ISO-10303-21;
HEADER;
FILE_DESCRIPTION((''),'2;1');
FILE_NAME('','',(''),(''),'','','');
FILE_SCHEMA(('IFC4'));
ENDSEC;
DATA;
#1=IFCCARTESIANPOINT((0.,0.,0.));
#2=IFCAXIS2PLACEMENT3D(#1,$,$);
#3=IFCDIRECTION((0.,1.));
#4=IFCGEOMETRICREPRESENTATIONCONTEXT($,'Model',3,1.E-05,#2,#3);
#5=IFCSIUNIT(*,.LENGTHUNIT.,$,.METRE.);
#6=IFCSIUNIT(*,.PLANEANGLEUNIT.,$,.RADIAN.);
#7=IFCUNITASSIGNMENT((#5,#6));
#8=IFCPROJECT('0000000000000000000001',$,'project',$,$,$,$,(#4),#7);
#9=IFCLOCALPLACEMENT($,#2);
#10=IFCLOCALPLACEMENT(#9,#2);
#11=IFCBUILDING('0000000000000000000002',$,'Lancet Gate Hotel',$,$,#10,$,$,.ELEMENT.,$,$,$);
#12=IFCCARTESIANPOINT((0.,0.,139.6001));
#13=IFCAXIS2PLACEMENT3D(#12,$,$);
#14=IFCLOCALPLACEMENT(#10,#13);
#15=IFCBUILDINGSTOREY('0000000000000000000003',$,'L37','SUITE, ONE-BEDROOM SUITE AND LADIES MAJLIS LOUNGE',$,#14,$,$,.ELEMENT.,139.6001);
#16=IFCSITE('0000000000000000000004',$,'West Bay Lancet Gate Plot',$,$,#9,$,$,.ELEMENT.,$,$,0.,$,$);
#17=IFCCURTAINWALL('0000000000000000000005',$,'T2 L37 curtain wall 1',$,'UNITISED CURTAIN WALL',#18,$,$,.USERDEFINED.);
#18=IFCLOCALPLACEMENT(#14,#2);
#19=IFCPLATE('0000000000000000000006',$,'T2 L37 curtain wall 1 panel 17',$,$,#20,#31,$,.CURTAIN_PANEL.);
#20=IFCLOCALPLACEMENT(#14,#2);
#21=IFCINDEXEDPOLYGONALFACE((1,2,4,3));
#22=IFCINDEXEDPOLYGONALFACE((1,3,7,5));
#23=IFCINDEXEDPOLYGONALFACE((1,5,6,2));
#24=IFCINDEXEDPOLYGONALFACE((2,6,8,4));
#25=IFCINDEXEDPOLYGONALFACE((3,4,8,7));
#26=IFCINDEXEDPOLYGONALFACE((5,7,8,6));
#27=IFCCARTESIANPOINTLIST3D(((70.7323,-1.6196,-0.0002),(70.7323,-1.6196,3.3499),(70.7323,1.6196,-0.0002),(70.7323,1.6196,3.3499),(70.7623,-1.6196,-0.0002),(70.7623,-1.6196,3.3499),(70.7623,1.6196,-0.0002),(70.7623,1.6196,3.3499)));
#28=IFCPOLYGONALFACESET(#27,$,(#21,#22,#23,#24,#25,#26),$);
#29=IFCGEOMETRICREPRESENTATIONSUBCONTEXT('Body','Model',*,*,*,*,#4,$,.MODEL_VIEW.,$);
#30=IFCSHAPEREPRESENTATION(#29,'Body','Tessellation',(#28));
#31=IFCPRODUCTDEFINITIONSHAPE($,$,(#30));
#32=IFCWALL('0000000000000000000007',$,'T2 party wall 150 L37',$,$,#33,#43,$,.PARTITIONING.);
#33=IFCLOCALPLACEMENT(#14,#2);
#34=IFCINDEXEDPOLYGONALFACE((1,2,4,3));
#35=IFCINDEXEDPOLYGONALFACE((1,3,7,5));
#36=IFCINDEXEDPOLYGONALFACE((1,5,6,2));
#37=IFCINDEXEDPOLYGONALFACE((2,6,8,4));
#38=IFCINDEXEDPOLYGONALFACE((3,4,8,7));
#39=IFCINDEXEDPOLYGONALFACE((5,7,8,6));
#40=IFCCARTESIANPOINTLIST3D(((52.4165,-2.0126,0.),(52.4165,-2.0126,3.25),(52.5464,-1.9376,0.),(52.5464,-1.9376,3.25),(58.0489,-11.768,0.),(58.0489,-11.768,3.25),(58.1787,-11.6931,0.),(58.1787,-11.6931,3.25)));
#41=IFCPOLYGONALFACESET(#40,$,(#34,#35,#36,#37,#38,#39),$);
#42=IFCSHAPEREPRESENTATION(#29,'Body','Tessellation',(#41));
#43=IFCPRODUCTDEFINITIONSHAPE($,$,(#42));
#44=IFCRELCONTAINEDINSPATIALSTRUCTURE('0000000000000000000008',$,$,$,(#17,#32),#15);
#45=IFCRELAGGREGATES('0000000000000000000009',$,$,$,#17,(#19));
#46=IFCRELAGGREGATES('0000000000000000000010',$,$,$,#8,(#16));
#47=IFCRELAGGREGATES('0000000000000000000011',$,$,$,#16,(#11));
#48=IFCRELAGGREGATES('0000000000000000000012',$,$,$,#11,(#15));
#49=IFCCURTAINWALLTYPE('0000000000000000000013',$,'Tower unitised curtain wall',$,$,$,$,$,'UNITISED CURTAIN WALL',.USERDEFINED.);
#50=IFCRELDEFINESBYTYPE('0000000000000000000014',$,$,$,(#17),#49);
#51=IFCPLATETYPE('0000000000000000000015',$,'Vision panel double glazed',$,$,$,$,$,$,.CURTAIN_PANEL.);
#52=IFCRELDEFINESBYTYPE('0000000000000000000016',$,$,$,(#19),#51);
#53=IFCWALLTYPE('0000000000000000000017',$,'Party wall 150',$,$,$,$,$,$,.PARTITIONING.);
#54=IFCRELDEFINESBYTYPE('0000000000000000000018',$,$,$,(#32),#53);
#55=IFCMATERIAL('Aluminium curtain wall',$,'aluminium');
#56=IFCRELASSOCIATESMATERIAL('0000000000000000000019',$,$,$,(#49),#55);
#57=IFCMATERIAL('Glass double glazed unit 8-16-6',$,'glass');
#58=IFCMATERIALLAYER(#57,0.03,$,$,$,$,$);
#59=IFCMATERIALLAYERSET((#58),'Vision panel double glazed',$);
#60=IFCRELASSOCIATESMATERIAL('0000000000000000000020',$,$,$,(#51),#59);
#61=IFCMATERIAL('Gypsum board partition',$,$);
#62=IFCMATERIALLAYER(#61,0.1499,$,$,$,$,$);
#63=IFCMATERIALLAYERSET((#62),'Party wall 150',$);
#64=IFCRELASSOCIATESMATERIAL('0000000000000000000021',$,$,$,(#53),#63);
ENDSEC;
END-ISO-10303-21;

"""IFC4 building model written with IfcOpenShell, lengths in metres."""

from ifc_helpers import new_model, si_unit, direction, frame, frame_2d, origin, origin_2d, place, context, subcontext, project, spatial, rectangle, extrude, material, layer, layer_set, type_object, element, aggregate, save


model = new_model("IFC4")

# Units and contexts
model_context = context("Model", 3, precision=1e-05, world=origin(), true_north=direction((0.0, 1.0)))
body_context = subcontext(model_context, "Body", "Model", "MODEL_VIEW")
ifc_project = project(units=[si_unit("LENGTHUNIT", "METRE"), si_unit("PLANEANGLEUNIT", "RADIAN")], contexts=[model_context])

# Site, building, storey
site_placement = place(None, origin())
site = spatial("IfcSite", under=ifc_project, at=site_placement, Name="West Bay Lancet Gate Plot", CompositionType="ELEMENT", RefElevation=0.0)
building_placement = place(site_placement, origin())
building = spatial("IfcBuilding", under=site, at=building_placement, Name="Lancet Gate Hotel", CompositionType="ELEMENT")
storey_placement = place(building_placement, frame((0.0, 0.0, 139.6001)))
storey = spatial("IfcBuildingStorey", under=building, at=storey_placement, Name="L37", Description="SUITE, ONE-BEDROOM SUITE AND LADIES MAJLIS LOUNGE", CompositionType="ELEMENT", Elevation=139.6001)

# Curtain wall
ifc_material_1 = material(Name="Aluminium curtain wall", Category="aluminium")
curtain_wall_type = type_object("IfcCurtainWallType", Name="Tower unitised curtain wall", ElementType="UNITISED CURTAIN WALL", PredefinedType="USERDEFINED", material=ifc_material_1)
curtain_wall_placement = place(storey_placement, origin())
curtain_wall = element("IfcCurtainWall", 1, at=curtain_wall_placement, inside=storey, type_object=curtain_wall_type, Name="T2 L37 curtain wall 1", ObjectType="UNITISED CURTAIN WALL", PredefinedType="USERDEFINED")

# Plate
ifc_material_2 = material(Name="Glass double glazed unit 8-16-6", Category="glass")
ifc_layer_1 = layer(ifc_material_2, 0.03)
ifc_layer_set_1 = layer_set([ifc_layer_1], Name="Vision panel double glazed")
plate_type = type_object("IfcPlateType", Name="Vision panel double glazed", PredefinedType="CURTAIN_PANEL", material=ifc_layer_set_1)
plate_1_placement = place(storey_placement, frame((70.7473, 0.0, -0.0002), z_axis=(0.0, 0.0, 1.0), x_axis=(0.0, 1.0, 0.0)))
plate_1 = element("IfcPlate", 2, at=plate_1_placement, type_object=plate_type, Name="T2 L37 curtain wall 1 panel 17", PredefinedType="CURTAIN_PANEL", context=body_context, shape_type="SweptSolid", body=[
    extrude(rectangle(XDim=3.2393, YDim=0.03, at=origin_2d()), origin(), (0.0, 0.0, 1.0), 3.3501),
])
aggregate(curtain_wall, [plate_1])

# Wall
ifc_material_3 = material(Name="Gypsum board partition")
ifc_layer_2 = layer(ifc_material_3, 0.1499)
ifc_layer_set_2 = layer_set([ifc_layer_2], Name="Party wall 150")
wall_type = type_object("IfcWallType", Name="Party wall 150", PredefinedType="PARTITIONING", material=ifc_layer_set_2)
wall_placement = place(storey_placement, frame((52.4814, -1.9751, 0.0), z_axis=(0.0, 0.0, 1.0), x_axis=(0.500004, -0.866023, 0.0)))
element("IfcWall", 3, at=wall_placement, inside=storey, type_object=wall_type, Name="T2 party wall 150 L37", PredefinedType="PARTITIONING", context=body_context, shape_type="SweptSolid", body=[
    extrude(rectangle(XDim=11.2646, YDim=0.1499, at=frame_2d((5.6323, 0.0))), origin(), (0.0, 0.0, 1.0), 3.25),
])

save(model, "model.ifc")
